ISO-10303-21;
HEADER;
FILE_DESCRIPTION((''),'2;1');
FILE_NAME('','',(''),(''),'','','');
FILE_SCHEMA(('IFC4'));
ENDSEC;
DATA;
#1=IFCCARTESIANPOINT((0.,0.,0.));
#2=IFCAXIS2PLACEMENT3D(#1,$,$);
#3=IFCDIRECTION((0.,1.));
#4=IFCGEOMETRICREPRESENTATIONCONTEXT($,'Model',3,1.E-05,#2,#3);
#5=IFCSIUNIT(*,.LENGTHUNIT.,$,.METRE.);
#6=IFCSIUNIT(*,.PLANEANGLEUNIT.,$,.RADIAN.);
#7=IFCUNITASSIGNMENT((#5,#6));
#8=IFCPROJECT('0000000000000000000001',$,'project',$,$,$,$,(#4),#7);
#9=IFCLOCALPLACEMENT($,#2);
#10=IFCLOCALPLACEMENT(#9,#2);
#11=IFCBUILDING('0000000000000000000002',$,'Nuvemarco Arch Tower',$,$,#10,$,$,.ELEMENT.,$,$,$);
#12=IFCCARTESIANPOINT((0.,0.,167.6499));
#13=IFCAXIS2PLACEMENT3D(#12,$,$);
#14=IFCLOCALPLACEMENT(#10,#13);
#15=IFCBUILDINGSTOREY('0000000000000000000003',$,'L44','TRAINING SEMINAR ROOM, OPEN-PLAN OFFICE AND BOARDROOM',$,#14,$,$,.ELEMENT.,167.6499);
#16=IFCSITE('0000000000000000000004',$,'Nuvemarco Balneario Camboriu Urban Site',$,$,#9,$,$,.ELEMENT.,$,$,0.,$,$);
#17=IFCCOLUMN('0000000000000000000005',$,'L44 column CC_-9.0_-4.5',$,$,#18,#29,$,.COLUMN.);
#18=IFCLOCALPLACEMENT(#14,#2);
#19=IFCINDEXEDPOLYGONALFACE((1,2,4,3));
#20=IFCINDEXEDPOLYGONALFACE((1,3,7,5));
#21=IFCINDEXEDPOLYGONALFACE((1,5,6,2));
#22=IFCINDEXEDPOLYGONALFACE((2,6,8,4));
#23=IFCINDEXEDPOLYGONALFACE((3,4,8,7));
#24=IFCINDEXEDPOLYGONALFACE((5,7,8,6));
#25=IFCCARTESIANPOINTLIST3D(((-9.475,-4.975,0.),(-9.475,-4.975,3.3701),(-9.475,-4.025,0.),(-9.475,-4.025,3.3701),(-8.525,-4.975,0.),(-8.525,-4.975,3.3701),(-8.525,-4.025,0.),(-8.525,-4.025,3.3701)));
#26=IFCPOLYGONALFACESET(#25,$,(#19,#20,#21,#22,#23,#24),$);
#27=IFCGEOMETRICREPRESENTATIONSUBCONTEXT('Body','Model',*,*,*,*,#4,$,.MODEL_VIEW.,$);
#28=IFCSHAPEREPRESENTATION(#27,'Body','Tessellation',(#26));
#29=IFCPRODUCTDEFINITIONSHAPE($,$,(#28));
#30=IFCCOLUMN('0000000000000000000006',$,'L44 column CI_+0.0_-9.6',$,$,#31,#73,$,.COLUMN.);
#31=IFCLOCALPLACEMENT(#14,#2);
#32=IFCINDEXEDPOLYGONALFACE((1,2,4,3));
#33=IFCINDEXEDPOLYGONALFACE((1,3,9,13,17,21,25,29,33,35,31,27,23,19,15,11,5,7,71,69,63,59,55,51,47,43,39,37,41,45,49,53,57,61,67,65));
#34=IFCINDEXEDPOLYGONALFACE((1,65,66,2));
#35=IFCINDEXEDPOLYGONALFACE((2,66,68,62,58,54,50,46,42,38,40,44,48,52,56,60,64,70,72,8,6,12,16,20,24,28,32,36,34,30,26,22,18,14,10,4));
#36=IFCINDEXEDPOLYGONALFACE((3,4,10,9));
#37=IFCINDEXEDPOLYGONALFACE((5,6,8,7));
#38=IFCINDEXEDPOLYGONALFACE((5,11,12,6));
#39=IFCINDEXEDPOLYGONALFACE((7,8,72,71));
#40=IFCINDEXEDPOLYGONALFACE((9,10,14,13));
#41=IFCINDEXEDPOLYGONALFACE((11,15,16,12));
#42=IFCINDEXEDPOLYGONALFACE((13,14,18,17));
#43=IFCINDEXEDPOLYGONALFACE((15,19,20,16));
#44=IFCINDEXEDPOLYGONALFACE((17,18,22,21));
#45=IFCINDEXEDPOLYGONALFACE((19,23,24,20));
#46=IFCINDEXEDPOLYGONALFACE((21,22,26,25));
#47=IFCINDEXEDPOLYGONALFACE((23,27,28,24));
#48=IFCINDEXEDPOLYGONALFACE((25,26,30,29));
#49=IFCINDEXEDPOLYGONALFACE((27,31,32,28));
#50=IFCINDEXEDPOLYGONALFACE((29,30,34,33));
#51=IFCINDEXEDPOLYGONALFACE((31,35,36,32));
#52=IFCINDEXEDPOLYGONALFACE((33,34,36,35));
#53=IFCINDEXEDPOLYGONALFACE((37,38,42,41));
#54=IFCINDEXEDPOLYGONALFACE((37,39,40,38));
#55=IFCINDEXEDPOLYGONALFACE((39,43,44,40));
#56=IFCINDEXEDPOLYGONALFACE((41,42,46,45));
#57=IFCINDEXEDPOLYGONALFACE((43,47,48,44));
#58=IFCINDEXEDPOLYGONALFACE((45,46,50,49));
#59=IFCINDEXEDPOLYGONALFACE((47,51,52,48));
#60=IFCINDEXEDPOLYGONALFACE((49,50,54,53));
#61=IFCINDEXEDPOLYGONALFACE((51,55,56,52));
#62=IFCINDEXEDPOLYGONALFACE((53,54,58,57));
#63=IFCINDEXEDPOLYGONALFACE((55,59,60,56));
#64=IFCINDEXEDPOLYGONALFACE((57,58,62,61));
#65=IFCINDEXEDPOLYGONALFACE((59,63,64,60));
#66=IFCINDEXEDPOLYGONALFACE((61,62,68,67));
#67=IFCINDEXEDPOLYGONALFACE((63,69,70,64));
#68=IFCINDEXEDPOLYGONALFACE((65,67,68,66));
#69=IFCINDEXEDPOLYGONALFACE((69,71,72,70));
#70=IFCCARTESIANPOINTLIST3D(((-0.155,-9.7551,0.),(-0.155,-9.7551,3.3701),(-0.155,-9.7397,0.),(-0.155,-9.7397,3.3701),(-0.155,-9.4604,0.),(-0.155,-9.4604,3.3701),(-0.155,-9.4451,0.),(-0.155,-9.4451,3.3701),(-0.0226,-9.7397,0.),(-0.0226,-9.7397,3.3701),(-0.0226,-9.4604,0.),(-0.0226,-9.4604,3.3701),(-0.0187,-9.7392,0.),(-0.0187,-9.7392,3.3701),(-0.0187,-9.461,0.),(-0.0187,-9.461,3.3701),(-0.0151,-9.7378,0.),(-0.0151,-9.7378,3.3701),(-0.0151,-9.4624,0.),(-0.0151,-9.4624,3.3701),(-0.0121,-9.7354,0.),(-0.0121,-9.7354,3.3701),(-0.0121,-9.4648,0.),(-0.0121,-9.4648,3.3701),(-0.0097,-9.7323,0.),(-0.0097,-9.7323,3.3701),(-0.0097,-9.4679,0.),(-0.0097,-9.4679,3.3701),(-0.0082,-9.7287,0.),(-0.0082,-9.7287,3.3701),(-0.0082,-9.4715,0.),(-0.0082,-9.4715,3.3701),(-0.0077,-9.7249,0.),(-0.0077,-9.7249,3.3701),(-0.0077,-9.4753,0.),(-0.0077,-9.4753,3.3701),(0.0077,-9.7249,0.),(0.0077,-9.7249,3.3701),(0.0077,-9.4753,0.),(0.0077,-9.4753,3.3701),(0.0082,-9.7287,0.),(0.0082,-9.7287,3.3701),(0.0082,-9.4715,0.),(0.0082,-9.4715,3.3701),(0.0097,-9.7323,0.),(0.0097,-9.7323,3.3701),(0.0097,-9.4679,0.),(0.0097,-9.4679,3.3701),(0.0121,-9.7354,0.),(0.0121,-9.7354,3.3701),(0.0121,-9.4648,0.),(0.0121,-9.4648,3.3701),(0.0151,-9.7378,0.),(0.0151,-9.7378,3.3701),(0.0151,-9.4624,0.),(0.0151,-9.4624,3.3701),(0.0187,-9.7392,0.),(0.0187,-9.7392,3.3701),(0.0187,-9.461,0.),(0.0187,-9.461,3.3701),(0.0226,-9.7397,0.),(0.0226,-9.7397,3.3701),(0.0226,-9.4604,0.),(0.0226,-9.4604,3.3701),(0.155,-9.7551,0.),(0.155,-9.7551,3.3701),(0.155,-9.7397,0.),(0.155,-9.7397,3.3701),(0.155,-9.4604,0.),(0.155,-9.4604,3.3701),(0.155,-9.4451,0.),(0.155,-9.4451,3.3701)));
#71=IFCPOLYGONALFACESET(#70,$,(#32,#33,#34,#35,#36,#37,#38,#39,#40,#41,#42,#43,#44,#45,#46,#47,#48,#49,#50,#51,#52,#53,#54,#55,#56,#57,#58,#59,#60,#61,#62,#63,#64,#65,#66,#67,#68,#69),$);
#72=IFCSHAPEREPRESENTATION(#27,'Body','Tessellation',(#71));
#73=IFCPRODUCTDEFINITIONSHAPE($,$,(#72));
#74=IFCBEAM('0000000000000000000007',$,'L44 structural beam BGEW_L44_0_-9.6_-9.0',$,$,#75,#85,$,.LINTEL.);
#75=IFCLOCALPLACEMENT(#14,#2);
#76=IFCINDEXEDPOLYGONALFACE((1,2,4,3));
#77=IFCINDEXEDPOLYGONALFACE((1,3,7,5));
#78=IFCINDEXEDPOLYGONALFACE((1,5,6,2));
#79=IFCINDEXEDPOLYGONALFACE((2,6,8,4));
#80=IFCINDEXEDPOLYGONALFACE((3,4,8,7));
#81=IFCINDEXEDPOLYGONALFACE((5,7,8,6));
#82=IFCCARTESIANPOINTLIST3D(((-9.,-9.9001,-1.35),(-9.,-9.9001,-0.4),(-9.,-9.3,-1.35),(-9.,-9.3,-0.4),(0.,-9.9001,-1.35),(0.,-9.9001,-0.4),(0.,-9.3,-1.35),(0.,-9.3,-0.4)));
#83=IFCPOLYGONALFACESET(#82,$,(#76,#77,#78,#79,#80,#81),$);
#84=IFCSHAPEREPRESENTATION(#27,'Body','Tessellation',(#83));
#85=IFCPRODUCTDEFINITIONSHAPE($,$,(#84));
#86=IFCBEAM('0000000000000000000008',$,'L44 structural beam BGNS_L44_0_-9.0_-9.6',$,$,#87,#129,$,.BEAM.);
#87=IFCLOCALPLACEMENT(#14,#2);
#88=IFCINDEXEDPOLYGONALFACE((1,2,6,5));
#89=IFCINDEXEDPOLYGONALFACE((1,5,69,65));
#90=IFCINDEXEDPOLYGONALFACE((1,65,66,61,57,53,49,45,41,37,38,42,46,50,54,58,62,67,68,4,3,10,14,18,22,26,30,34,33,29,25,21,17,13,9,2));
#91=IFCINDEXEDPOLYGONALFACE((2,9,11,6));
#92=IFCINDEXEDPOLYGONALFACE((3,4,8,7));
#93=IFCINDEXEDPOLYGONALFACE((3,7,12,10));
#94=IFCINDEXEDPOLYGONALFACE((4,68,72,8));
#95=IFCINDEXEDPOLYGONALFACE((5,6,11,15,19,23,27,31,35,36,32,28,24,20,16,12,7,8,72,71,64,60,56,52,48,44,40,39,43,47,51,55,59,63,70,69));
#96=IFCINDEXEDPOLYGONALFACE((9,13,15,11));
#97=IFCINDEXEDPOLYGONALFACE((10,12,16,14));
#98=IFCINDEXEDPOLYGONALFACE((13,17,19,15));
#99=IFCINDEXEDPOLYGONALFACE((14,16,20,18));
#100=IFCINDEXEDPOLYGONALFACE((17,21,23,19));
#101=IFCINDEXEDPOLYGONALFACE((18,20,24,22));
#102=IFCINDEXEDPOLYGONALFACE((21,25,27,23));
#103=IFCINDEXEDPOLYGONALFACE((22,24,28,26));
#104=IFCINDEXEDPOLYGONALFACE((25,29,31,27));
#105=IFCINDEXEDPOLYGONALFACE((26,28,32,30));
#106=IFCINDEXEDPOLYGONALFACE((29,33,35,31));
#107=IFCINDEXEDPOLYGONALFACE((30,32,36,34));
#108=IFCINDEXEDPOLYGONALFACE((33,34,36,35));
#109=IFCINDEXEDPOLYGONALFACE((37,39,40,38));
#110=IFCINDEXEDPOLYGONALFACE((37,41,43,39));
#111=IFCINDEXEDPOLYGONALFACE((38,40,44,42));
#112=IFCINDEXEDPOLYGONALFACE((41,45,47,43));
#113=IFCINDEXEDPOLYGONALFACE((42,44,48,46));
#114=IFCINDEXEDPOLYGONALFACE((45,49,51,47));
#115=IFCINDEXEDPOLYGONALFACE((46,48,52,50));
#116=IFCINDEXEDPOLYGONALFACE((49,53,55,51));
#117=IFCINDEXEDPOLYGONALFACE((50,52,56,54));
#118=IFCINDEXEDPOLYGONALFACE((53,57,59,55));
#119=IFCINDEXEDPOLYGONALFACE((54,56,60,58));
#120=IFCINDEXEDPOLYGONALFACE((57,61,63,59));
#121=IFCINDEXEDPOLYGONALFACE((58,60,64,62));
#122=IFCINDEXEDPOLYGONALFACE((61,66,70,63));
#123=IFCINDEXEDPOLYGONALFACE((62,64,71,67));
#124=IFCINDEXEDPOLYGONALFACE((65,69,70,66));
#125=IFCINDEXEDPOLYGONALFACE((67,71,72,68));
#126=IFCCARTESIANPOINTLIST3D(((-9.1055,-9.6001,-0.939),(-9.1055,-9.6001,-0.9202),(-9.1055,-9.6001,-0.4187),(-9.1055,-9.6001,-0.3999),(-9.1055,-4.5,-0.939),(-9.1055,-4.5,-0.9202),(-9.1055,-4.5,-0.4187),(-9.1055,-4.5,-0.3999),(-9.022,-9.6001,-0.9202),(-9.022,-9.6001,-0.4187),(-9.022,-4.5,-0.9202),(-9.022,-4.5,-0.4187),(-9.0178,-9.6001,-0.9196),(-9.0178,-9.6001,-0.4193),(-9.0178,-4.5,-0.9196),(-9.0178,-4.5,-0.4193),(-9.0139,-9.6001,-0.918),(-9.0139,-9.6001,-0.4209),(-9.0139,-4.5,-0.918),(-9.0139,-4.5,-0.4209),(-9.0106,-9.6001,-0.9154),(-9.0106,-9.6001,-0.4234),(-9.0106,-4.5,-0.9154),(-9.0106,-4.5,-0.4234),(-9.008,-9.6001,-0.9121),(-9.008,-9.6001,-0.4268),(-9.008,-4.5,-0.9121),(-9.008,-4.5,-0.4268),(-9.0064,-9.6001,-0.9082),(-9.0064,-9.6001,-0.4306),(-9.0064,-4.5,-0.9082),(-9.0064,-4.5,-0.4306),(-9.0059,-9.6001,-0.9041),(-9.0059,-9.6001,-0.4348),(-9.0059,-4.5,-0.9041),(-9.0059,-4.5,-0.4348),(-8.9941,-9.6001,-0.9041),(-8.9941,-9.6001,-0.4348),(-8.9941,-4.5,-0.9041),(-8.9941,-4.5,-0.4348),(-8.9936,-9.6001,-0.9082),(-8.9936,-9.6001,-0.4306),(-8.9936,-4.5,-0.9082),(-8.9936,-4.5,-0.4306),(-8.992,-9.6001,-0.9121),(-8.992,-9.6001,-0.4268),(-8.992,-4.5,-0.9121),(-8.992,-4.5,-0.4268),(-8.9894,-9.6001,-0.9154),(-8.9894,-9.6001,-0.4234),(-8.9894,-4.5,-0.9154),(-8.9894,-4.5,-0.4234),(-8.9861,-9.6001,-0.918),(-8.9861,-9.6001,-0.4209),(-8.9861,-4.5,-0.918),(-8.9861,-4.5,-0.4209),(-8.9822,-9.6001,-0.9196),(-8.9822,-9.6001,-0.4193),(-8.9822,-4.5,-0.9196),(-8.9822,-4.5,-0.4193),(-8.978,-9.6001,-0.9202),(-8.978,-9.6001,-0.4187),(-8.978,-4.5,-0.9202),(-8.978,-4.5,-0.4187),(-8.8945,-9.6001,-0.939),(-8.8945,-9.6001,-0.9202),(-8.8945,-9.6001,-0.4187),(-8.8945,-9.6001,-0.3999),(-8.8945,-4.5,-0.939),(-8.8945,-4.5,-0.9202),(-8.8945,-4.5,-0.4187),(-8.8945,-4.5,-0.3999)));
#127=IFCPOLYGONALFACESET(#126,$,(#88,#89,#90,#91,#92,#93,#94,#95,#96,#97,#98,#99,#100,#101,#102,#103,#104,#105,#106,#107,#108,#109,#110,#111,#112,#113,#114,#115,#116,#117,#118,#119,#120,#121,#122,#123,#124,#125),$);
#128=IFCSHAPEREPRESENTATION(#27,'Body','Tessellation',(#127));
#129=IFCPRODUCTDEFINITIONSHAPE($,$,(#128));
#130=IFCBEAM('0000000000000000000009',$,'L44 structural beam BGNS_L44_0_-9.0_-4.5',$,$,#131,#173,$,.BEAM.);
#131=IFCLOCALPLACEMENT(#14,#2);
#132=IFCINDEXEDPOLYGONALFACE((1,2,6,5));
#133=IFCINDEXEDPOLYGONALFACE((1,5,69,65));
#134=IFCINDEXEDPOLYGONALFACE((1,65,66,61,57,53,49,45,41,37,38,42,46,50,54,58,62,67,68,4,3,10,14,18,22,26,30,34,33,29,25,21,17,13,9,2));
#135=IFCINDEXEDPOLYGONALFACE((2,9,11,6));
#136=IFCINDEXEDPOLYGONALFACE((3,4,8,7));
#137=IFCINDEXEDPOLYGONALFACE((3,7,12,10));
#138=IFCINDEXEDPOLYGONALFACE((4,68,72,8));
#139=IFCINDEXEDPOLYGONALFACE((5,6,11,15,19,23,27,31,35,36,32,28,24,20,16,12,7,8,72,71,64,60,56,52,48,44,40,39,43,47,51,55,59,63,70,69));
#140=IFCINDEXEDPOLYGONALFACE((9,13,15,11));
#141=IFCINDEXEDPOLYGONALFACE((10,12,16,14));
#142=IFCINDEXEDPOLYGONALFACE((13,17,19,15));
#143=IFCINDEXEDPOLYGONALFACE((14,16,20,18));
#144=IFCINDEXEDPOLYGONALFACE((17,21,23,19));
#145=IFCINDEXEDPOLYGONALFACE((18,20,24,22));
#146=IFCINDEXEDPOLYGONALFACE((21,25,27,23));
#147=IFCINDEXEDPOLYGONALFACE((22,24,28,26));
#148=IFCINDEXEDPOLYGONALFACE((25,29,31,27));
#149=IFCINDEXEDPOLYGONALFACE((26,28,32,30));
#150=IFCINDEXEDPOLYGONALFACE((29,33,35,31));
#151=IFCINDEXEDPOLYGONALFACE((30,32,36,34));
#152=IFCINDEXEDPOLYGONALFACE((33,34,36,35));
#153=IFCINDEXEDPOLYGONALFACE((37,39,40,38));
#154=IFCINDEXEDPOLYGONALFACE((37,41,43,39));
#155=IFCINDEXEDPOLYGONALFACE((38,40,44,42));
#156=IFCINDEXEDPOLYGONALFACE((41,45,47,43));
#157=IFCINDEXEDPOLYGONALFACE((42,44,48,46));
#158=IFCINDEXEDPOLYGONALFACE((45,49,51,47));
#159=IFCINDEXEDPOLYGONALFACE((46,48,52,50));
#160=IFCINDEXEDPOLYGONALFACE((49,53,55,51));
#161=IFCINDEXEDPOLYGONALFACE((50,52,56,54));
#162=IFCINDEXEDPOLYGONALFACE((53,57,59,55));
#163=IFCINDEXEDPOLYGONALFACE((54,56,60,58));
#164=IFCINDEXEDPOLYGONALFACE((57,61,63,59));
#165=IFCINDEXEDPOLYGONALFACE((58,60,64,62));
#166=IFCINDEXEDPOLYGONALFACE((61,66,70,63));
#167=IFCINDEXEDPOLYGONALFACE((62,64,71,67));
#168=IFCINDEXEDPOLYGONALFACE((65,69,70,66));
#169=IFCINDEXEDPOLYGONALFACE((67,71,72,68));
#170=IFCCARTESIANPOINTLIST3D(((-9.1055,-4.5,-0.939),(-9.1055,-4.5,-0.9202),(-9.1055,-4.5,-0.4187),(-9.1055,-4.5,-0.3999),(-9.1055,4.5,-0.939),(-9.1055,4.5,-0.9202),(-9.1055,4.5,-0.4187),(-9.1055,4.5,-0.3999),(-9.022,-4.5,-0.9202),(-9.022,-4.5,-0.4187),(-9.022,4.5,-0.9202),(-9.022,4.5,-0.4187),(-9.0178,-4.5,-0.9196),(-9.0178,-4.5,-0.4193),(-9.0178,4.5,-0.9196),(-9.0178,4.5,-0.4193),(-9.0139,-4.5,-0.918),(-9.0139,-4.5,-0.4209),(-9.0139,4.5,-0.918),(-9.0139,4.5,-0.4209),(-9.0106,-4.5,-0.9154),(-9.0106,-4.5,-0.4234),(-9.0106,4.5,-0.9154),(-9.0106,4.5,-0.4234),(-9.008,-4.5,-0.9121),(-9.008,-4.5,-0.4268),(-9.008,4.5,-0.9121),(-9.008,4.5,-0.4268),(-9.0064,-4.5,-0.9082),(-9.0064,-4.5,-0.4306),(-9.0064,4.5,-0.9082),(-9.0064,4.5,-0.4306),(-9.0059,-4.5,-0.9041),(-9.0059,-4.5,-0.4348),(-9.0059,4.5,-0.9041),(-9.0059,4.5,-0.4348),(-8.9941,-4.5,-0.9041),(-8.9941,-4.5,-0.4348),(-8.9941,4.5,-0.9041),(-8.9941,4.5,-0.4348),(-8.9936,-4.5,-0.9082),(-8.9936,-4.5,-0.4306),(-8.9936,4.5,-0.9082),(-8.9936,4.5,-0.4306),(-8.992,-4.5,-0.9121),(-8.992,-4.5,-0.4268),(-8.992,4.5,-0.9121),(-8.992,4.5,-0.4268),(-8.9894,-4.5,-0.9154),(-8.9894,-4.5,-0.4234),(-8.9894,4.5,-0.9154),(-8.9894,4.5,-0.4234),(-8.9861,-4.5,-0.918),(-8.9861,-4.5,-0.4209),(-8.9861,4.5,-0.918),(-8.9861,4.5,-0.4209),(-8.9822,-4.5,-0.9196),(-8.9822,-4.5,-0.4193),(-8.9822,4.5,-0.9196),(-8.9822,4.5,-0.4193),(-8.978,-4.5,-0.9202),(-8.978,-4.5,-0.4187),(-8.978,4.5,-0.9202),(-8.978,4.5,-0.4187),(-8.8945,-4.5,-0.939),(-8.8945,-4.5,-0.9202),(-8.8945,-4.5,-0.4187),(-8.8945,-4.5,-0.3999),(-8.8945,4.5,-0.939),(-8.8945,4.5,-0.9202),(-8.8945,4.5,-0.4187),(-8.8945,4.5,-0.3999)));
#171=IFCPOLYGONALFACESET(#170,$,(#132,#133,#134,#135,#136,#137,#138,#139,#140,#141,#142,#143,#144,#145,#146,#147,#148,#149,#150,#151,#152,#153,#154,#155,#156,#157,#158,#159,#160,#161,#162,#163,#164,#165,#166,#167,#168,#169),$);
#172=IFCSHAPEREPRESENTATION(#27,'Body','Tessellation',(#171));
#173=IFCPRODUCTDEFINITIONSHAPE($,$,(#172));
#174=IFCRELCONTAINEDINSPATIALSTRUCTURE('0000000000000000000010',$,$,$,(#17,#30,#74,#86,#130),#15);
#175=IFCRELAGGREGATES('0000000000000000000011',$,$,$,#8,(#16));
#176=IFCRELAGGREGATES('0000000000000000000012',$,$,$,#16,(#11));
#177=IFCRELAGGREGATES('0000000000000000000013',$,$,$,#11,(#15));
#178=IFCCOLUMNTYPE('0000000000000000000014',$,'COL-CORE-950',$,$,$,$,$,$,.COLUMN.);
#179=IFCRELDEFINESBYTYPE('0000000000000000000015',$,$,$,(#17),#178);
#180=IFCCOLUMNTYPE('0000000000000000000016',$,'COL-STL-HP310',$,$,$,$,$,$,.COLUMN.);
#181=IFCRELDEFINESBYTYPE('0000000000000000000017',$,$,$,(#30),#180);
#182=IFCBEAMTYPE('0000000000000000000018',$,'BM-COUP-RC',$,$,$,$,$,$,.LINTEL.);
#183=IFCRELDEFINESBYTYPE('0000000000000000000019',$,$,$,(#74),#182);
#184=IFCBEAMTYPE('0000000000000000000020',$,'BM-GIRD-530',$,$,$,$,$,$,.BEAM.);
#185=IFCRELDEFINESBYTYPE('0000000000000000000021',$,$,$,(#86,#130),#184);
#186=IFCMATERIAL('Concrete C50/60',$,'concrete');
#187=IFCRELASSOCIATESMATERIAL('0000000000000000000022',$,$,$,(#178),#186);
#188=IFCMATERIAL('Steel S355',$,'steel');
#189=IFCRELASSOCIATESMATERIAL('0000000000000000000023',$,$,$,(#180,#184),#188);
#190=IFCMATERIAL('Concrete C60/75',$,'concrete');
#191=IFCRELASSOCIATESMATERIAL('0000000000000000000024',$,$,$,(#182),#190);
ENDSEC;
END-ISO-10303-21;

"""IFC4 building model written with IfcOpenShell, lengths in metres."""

from ifc_helpers import new_model, si_unit, direction, frame, origin, origin_2d, place, context, subcontext, project, spatial, rectangle, i_section, extrude, material, material_profile, profile_set, type_object, element, save


model = new_model("IFC4")

# Units and contexts
model_context = context("Model", 3, precision=1e-05, world=origin(), true_north=direction((0.0, 1.0)))
body_context = subcontext(model_context, "Body", "Model", "MODEL_VIEW")
ifc_project = project(units=[si_unit("LENGTHUNIT", "METRE"), si_unit("PLANEANGLEUNIT", "RADIAN")], contexts=[model_context])

# Site, building, storey
site_placement = place(None, origin())
site = spatial("IfcSite", under=ifc_project, at=site_placement, Name="Nuvemarco Balneario Camboriu Urban Site", CompositionType="ELEMENT", RefElevation=0.0)
building_placement = place(site_placement, origin())
building = spatial("IfcBuilding", under=site, at=building_placement, Name="Nuvemarco Arch Tower", CompositionType="ELEMENT")
storey_placement = place(building_placement, frame((0.0, 0.0, 167.6499)))
storey = spatial("IfcBuildingStorey", under=building, at=storey_placement, Name="L44", Description="TRAINING SEMINAR ROOM, OPEN-PLAN OFFICE AND BOARDROOM", CompositionType="ELEMENT", Elevation=167.6499)

# Columns
ifc_material_1 = material(Name="Concrete C50/60", Category="concrete")
ifc_material_profile_1 = material_profile(ifc_material_1, rectangle(XDim=0.95, YDim=0.95, at=origin_2d()), Name="RC-COL-950x950")
ifc_profile_set_1 = profile_set([ifc_material_profile_1], Name="Concrete C50/60")
column_type_1 = type_object("IfcColumnType", Name="COL-CORE-950", PredefinedType="COLUMN", material=ifc_profile_set_1)
column_1_placement = place(storey_placement, frame((-9.0, -4.5, 0.0), z_axis=(0.0, 0.0, 1.0), x_axis=(1.0, 0.0, 0.0)))
element("IfcColumn", 1, at=column_1_placement, inside=storey, type_object=column_type_1, Name="L44 column CC_-9.0_-4.5", PredefinedType="COLUMN", context=body_context, shape_type="SweptSolid", body=[
    extrude(rectangle(XDim=0.95, YDim=0.95, at=origin_2d()), origin(), (0.0, 0.0, 1.0), 3.3701),
])
ifc_material_2 = material(Name="Steel S355", Category="steel")
ifc_material_profile_2 = material_profile(ifc_material_2, i_section(OverallWidth=0.3101, OverallDepth=0.3101, WebThickness=0.0154, FlangeThickness=0.0154, FilletRadius=0.0149, at=origin_2d()), Name="HP310x110")
ifc_profile_set_2 = profile_set([ifc_material_profile_2], Name="Steel S355")
column_type_2 = type_object("IfcColumnType", Name="COL-STL-HP310", PredefinedType="COLUMN", material=ifc_profile_set_2)
column_2_placement = place(storey_placement, frame((0.0, -9.6001, 0.0), z_axis=(0.0, 0.0, 1.0), x_axis=(1.0, 0.0, 0.0)))
element("IfcColumn", 2, at=column_2_placement, inside=storey, type_object=column_type_2, Name="L44 column CI_+0.0_-9.6", PredefinedType="COLUMN", context=body_context, shape_type="SweptSolid", body=[
    extrude(i_section(OverallWidth=0.3101, OverallDepth=0.3101, WebThickness=0.0154, FlangeThickness=0.0154, FilletRadius=0.0149, at=origin_2d()), origin(), (0.0, 0.0, 1.0), 3.3701),
])

# Beams
ifc_material_3 = material(Name="Concrete C60/75", Category="concrete")
ifc_material_profile_3 = material_profile(ifc_material_3, rectangle(XDim=0.6001, YDim=0.95, at=origin_2d()), Name="RC-BM-600x950")
ifc_profile_set_3 = profile_set([ifc_material_profile_3], Name="Concrete C60/75")
beam_type_1 = type_object("IfcBeamType", Name="BM-COUP-RC", PredefinedType="LINTEL", material=ifc_profile_set_3)
beam_1_placement = place(storey_placement, frame((-9.0, -9.6001, -0.875), z_axis=(1.0, 0.0, 0.0), x_axis=(0.0, 1.0, 0.0)))
element("IfcBeam", 3, at=beam_1_placement, inside=storey, type_object=beam_type_1, Name="L44 structural beam BGEW_L44_0_-9.6_-9.0", PredefinedType="LINTEL", context=body_context, shape_type="SweptSolid", body=[
    extrude(rectangle(XDim=0.6001, YDim=0.95, at=origin_2d()), origin(), (0.0, 0.0, 1.0), 9.0),
])
ifc_material_profile_4 = material_profile(ifc_material_2, i_section(OverallWidth=0.2109, OverallDepth=0.5391, WebThickness=0.0117, FlangeThickness=0.0188, FilletRadius=0.0161, at=origin_2d()), Name="W530x109")
ifc_profile_set_4 = profile_set([ifc_material_profile_4], Name="Steel S355")
beam_type_2 = type_object("IfcBeamType", Name="BM-GIRD-530", PredefinedType="BEAM", material=ifc_profile_set_4)
beam_2_placement = place(storey_placement, frame((-9.0, -9.6001, -0.6694), z_axis=(0.0, 1.0, 0.0), x_axis=(-1.0, 0.0, 0.0)))
element("IfcBeam", 4, at=beam_2_placement, inside=storey, type_object=beam_type_2, Name="L44 structural beam BGNS_L44_0_-9.0_-9.6", PredefinedType="BEAM", context=body_context, shape_type="SweptSolid", body=[
    extrude(i_section(OverallWidth=0.2109, OverallDepth=0.5391, WebThickness=0.0117, FlangeThickness=0.0188, FilletRadius=0.0161, at=origin_2d()), origin(), (0.0, 0.0, 1.0), 5.1001),
])
beam_3_placement = place(storey_placement, frame((-9.0, -4.5, -0.6694), z_axis=(0.0, 1.0, 0.0), x_axis=(-1.0, 0.0, 0.0)))
element("IfcBeam", 5, at=beam_3_placement, inside=storey, type_object=beam_type_2, Name="L44 structural beam BGNS_L44_0_-9.0_-4.5", PredefinedType="BEAM", context=body_context, shape_type="SweptSolid", body=[
    extrude(i_section(OverallWidth=0.2109, OverallDepth=0.5391, WebThickness=0.0117, FlangeThickness=0.0188, FilletRadius=0.0161, at=origin_2d()), origin(), (0.0, 0.0, 1.0), 9.0),
])

save(model, "model.ifc")
